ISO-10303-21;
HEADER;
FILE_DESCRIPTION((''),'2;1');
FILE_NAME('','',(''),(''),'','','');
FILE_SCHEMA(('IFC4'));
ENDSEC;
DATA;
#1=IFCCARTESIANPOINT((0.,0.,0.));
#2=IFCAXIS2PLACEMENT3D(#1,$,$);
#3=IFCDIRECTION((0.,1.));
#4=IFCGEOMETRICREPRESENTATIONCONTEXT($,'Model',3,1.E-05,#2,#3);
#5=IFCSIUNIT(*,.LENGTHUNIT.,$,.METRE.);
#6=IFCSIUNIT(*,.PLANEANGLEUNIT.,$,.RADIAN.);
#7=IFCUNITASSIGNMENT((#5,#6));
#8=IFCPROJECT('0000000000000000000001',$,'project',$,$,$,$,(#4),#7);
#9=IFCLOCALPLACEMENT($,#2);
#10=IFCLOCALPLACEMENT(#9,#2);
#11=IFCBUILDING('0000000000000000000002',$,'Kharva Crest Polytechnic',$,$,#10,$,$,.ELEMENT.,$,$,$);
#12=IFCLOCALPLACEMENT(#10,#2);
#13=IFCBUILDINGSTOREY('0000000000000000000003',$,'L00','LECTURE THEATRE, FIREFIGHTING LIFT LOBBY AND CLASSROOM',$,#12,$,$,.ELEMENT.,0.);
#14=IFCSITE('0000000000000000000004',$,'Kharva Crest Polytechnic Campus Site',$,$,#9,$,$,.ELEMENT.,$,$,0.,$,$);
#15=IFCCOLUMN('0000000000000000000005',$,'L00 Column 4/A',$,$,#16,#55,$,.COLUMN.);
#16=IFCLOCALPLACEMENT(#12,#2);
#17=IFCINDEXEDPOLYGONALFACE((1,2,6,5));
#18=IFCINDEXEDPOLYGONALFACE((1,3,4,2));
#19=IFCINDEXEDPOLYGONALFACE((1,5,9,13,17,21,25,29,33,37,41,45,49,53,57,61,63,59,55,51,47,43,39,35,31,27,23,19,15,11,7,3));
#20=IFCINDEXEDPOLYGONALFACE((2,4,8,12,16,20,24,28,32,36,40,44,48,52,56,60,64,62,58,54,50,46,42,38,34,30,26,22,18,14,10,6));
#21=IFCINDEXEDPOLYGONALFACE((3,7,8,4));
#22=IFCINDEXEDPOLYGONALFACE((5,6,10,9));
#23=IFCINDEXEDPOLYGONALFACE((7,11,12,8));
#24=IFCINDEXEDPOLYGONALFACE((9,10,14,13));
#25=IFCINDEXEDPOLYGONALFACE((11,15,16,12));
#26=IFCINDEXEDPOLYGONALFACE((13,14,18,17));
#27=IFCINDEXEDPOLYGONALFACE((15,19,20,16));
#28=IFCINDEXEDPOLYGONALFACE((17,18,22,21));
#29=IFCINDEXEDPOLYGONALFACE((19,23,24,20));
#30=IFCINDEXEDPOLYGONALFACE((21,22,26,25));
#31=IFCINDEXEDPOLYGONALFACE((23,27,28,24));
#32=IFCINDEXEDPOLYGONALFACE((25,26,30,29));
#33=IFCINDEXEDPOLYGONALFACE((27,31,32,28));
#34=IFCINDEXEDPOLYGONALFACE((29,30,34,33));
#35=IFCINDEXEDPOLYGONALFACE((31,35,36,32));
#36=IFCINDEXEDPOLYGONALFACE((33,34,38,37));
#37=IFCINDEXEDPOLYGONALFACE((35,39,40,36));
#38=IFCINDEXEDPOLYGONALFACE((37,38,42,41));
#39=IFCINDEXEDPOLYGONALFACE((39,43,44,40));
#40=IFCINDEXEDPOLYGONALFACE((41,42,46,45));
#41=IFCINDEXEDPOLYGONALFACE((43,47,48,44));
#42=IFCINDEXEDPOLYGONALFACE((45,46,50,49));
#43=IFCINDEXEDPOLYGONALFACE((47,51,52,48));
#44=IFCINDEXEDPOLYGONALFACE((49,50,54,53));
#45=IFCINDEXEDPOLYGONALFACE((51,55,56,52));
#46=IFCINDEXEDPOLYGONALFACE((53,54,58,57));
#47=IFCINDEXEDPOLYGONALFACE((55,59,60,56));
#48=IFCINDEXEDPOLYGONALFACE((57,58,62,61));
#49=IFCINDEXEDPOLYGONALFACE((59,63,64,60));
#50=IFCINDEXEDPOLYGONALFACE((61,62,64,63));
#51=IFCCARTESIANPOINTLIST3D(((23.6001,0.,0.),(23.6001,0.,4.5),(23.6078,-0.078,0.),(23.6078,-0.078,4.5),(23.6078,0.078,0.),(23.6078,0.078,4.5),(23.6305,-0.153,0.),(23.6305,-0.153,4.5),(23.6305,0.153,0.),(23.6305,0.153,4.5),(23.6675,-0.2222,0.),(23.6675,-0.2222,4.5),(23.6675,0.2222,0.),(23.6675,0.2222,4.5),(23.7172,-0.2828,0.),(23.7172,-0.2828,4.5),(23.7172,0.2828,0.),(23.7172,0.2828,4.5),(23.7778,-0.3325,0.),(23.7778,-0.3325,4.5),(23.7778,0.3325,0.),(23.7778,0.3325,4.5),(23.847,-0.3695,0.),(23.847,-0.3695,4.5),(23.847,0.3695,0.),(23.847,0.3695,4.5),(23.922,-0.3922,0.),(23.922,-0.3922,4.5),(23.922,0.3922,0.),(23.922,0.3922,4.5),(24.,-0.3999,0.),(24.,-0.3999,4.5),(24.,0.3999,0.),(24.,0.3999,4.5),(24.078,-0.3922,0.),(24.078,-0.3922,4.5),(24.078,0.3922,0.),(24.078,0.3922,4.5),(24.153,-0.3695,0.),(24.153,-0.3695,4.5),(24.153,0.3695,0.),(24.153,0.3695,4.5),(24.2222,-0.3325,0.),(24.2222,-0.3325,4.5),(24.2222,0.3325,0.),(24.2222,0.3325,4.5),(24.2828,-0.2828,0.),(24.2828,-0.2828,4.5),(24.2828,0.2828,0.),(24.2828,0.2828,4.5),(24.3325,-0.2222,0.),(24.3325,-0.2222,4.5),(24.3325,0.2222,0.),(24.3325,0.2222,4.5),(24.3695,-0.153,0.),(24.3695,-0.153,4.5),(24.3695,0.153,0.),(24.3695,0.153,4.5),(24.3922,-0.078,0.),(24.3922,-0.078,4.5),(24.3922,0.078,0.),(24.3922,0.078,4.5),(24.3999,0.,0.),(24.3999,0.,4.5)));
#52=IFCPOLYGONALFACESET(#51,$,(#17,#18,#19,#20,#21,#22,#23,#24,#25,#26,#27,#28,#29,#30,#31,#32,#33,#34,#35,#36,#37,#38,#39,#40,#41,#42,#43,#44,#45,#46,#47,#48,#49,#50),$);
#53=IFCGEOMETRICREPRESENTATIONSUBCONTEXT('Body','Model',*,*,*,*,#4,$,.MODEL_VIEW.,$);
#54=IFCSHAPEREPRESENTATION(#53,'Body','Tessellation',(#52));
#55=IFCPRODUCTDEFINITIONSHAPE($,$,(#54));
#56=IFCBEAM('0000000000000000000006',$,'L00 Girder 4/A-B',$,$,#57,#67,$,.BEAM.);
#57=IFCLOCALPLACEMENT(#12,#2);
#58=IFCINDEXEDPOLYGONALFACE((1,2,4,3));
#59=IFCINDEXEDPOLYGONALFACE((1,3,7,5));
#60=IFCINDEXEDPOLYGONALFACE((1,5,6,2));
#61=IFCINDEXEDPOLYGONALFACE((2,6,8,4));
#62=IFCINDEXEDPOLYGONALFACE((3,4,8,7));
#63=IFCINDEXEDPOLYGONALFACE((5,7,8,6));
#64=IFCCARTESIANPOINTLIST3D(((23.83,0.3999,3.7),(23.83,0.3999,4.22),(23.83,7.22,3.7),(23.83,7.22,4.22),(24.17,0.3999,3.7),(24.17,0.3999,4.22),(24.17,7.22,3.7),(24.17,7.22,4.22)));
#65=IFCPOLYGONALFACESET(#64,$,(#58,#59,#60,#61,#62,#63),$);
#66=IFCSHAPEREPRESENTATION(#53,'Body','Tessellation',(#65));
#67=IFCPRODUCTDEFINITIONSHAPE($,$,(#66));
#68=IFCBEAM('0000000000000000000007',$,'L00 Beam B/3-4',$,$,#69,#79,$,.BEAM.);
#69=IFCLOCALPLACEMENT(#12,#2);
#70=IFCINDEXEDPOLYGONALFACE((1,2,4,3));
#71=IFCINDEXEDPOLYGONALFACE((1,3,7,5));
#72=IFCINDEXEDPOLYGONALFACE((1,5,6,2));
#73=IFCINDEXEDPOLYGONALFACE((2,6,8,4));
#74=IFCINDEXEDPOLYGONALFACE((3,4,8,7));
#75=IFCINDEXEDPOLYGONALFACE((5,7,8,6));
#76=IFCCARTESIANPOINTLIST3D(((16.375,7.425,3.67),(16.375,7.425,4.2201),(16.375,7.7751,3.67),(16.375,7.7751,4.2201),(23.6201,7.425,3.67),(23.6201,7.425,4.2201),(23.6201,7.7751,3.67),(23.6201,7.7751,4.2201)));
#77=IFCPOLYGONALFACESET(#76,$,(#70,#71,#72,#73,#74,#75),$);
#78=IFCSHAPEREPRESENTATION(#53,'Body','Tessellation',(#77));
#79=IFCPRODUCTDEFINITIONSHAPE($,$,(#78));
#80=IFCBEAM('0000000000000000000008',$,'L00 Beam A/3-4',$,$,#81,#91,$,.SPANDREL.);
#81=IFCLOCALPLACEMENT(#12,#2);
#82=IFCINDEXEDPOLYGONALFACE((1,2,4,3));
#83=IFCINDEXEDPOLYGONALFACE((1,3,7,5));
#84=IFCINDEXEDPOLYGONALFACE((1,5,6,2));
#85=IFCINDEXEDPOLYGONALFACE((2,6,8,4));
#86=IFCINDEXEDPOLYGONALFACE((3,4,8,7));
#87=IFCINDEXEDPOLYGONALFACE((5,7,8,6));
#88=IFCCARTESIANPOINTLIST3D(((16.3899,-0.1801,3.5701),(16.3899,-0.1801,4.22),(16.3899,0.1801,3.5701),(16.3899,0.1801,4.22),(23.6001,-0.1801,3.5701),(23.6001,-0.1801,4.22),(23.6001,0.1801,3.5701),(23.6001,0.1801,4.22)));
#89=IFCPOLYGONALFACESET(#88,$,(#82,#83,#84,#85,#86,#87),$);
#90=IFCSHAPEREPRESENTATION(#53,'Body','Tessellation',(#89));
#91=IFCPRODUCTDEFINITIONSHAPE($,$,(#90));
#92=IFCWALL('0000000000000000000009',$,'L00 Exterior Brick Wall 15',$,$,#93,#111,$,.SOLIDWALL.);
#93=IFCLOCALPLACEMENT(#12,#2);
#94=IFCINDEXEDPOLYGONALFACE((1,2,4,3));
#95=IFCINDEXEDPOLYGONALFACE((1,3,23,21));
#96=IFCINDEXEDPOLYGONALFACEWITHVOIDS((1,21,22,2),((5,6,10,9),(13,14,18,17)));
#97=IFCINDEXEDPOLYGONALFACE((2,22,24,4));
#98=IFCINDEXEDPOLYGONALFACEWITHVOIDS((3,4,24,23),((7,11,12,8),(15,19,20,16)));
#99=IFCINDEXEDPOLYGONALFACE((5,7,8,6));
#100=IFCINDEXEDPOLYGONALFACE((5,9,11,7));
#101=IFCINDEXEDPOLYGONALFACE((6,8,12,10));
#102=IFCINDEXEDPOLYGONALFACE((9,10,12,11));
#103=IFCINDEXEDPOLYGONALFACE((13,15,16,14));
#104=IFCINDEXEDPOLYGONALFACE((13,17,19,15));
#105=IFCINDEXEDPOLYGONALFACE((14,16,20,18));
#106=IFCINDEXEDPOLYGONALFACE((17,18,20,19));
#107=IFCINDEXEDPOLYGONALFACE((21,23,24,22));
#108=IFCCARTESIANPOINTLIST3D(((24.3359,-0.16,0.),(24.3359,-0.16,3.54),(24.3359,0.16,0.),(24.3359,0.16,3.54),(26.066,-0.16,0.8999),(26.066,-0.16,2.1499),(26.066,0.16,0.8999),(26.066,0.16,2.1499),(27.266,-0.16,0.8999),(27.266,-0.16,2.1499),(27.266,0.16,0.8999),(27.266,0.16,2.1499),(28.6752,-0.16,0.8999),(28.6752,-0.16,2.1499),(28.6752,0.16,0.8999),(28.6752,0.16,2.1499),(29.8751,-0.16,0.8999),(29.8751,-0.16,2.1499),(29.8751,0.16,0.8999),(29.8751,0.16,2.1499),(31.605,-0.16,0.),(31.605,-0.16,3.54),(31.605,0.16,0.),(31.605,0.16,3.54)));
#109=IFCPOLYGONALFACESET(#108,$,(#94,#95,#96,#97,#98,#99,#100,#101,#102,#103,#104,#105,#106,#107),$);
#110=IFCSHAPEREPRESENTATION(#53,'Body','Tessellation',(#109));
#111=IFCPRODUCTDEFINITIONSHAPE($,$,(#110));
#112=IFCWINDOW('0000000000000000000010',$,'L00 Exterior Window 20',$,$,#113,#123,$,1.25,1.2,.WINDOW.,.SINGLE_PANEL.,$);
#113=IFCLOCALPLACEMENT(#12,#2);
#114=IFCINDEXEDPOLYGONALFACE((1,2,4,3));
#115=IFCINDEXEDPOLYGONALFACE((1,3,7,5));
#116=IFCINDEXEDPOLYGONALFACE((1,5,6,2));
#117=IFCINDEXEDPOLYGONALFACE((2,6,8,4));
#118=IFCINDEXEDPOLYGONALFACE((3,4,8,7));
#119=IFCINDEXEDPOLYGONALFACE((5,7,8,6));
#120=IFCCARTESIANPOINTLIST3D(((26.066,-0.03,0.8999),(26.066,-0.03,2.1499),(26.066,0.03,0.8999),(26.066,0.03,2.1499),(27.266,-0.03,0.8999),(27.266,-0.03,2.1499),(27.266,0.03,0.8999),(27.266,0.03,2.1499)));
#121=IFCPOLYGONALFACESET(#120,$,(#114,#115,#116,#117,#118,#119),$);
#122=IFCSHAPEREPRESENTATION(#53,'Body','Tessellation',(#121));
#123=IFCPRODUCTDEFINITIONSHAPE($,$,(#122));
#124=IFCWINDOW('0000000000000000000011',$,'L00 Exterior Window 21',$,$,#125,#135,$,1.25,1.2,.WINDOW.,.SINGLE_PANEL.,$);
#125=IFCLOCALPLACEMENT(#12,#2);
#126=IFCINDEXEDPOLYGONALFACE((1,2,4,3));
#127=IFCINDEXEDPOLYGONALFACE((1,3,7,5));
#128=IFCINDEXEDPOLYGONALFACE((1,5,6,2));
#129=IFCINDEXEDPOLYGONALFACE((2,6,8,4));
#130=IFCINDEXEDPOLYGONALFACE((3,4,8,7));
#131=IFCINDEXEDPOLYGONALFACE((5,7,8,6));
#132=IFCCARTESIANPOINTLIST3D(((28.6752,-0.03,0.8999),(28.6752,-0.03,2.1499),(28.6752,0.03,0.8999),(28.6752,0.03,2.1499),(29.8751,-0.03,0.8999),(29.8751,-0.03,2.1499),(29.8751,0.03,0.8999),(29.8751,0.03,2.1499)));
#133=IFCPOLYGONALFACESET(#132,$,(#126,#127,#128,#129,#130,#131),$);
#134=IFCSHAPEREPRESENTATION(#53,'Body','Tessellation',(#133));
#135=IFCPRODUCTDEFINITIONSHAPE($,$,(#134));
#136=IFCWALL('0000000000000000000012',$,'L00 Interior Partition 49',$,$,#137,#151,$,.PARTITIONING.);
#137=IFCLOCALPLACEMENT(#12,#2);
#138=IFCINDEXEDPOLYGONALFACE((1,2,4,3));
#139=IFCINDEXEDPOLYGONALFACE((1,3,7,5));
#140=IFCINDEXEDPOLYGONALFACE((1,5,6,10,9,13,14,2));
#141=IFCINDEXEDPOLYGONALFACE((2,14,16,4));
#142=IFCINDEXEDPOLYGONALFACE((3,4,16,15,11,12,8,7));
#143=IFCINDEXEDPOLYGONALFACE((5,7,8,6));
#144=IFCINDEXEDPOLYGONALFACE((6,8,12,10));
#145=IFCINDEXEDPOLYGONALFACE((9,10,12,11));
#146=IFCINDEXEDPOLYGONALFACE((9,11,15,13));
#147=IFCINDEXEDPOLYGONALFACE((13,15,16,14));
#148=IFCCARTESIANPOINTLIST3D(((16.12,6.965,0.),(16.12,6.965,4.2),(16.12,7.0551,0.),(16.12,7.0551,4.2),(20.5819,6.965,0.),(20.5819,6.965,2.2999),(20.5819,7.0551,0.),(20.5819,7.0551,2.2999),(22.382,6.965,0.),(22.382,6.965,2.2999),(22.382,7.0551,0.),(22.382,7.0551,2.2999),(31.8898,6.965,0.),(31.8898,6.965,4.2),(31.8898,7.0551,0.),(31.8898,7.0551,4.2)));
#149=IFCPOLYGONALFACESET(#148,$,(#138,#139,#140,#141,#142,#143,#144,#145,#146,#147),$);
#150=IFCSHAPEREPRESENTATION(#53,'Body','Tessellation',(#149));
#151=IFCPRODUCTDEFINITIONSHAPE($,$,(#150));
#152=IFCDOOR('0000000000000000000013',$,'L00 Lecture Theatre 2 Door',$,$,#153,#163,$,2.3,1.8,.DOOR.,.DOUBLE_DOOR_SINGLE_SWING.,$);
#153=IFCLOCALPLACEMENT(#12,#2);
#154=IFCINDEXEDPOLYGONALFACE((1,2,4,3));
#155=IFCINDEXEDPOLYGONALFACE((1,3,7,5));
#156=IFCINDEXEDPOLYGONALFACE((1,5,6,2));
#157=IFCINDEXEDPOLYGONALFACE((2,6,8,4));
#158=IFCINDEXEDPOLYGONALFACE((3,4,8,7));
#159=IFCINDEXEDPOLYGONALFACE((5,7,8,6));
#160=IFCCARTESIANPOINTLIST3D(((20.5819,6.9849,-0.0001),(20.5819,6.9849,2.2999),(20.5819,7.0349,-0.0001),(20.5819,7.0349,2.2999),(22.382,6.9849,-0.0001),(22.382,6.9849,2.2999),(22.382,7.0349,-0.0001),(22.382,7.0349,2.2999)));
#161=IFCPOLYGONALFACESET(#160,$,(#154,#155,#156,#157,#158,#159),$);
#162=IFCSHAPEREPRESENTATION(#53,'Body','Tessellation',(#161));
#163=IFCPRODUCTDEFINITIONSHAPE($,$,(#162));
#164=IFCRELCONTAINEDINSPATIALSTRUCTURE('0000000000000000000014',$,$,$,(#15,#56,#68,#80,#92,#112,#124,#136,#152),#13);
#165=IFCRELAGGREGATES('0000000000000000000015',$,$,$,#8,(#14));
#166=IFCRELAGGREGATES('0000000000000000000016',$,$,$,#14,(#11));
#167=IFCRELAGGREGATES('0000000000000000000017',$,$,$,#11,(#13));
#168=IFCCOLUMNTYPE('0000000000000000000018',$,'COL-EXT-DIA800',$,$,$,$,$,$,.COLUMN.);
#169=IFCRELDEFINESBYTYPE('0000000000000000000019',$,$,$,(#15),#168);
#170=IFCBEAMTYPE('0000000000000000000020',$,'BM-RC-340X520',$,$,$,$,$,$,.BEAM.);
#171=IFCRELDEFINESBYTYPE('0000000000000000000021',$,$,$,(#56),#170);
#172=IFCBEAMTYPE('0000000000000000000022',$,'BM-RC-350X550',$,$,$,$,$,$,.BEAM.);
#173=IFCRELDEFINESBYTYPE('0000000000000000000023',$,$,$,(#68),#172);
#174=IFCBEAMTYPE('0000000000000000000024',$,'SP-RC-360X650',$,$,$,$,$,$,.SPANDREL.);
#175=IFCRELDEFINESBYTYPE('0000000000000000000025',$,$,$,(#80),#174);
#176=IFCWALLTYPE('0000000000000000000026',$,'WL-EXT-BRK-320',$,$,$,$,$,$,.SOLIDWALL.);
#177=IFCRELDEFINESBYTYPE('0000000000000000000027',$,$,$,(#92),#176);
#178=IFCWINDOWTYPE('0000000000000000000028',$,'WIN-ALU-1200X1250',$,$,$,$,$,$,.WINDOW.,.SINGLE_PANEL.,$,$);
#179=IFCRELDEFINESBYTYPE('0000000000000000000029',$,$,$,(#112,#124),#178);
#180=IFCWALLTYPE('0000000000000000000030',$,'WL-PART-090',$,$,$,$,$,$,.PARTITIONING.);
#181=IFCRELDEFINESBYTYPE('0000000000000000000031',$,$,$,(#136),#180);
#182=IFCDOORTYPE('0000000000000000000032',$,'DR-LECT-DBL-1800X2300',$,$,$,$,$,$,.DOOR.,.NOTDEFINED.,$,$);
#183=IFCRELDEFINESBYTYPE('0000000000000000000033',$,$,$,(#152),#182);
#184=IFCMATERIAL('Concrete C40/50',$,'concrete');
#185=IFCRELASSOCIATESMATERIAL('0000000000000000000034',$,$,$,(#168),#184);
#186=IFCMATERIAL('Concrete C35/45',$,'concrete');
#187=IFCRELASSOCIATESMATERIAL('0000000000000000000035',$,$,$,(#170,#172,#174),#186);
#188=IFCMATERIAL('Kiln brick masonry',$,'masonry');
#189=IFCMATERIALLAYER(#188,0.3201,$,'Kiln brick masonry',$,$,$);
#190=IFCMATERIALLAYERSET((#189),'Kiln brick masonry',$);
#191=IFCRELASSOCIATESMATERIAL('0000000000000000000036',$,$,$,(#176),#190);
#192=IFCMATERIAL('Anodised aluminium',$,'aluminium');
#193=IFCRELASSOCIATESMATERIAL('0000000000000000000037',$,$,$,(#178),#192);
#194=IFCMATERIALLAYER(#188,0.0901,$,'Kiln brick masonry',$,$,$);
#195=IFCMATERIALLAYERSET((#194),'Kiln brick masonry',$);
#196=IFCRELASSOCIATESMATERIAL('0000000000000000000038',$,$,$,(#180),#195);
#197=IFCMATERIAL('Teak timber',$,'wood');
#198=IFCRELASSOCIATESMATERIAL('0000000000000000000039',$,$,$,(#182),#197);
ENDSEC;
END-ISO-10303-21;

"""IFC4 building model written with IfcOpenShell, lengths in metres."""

from ifc_helpers import new_model, si_unit, direction, frame, frame_2d, origin, origin_2d, place, context, subcontext, project, spatial, rectangle, circle, extrude, material, layer, layer_set, material_profile, profile_set, type_object, element, fill, save


model = new_model("IFC4")

# Units and contexts
model_context = context("Model", 3, precision=1e-05, world=origin(), true_north=direction((0.0, 1.0)))
body_context = subcontext(model_context, "Body", "Model", "MODEL_VIEW")
ifc_project = project(units=[si_unit("LENGTHUNIT", "METRE"), si_unit("PLANEANGLEUNIT", "RADIAN")], contexts=[model_context])

# Site, building, storey
site_placement = place(None, origin())
site = spatial("IfcSite", under=ifc_project, at=site_placement, Name="Kharva Crest Polytechnic Campus Site", CompositionType="ELEMENT", RefElevation=0.0)
building_placement = place(site_placement, origin())
building = spatial("IfcBuilding", under=site, at=building_placement, Name="Kharva Crest Polytechnic", CompositionType="ELEMENT")
storey_placement = place(building_placement, origin())
storey = spatial("IfcBuildingStorey", under=building, at=storey_placement, Name="L00", Description="LECTURE THEATRE, FIREFIGHTING LIFT LOBBY AND CLASSROOM", CompositionType="ELEMENT", Elevation=0.0)

# Shared definitions
ifc_material_1 = material(Name="Concrete C35/45", Category="concrete")

# Column
ifc_material_2 = material(Name="Concrete C40/50", Category="concrete")
ifc_material_profile_1 = material_profile(ifc_material_2, circle(Radius=0.3999, at=origin_2d()), Name="DIA 800")
ifc_profile_set_1 = profile_set([ifc_material_profile_1], Name="Concrete C40/50")
column_type = type_object("IfcColumnType", Name="COL-EXT-DIA800", PredefinedType="COLUMN", material=ifc_profile_set_1)
column_placement = place(storey_placement, frame((24.0, 0.0, 0.0), z_axis=(0.0, 0.0, 1.0), x_axis=(1.0, 0.0, 0.0)))
element("IfcColumn", 1, at=column_placement, inside=storey, type_object=column_type, Name="L00 Column 4/A", PredefinedType="COLUMN", context=body_context, shape_type="SweptSolid", body=[
    extrude(circle(Radius=0.3999, at=origin_2d()), origin(), (0.0, 0.0, 1.0), 4.5),
])

# Beams
ifc_material_profile_2 = material_profile(ifc_material_1, rectangle(XDim=0.3401, YDim=0.52, at=origin_2d()), Name="RECT 340 X 520")
ifc_profile_set_2 = profile_set([ifc_material_profile_2], Name="Concrete C35/45")
beam_type_1 = type_object("IfcBeamType", Name="BM-RC-340X520", PredefinedType="BEAM", material=ifc_profile_set_2)
beam_1_placement = place(storey_placement, frame((24.0, 0.3999, 3.96), z_axis=(0.0, 1.0, 0.0), x_axis=(-1.0, 0.0, 0.0)))
element("IfcBeam", 2, at=beam_1_placement, inside=storey, type_object=beam_type_1, Name="L00 Girder 4/A-B", PredefinedType="BEAM", context=body_context, shape_type="SweptSolid", body=[
    extrude(rectangle(XDim=0.3401, YDim=0.52, at=origin_2d()), origin(), (0.0, 0.0, 1.0), 6.8201),
])
ifc_material_profile_3 = material_profile(ifc_material_1, rectangle(XDim=0.3501, YDim=0.55, at=origin_2d()), Name="RECT 350 X 550")
ifc_profile_set_3 = profile_set([ifc_material_profile_3], Name="Concrete C35/45")
beam_type_2 = type_object("IfcBeamType", Name="BM-RC-350X550", PredefinedType="BEAM", material=ifc_profile_set_3)
beam_2_placement = place(storey_placement, frame((16.375, 7.6001, 3.9451), z_axis=(1.0, 0.0, 0.0), x_axis=(0.0, 1.0, 0.0)))
element("IfcBeam", 3, at=beam_2_placement, inside=storey, type_object=beam_type_2, Name="L00 Beam B/3-4", PredefinedType="BEAM", context=body_context, shape_type="SweptSolid", body=[
    extrude(rectangle(XDim=0.3501, YDim=0.55, at=origin_2d()), origin(), (0.0, 0.0, 1.0), 7.2451),
])
ifc_material_profile_4 = material_profile(ifc_material_1, rectangle(XDim=0.3601, YDim=0.6499, at=origin_2d()), Name="RECT 360 X 650")
ifc_profile_set_4 = profile_set([ifc_material_profile_4], Name="Concrete C35/45")
beam_type_3 = type_object("IfcBeamType", Name="SP-RC-360X650", PredefinedType="SPANDREL", material=ifc_profile_set_4)
beam_3_placement = place(storey_placement, frame((16.3899, 0.0, 3.895), z_axis=(1.0, 0.0, 0.0), x_axis=(0.0, 1.0, 0.0)))
element("IfcBeam", 4, at=beam_3_placement, inside=storey, type_object=beam_type_3, Name="L00 Beam A/3-4", PredefinedType="SPANDREL", context=body_context, shape_type="SweptSolid", body=[
    extrude(rectangle(XDim=0.3601, YDim=0.6499, at=origin_2d()), origin(), (0.0, 0.0, 1.0), 7.2102),
])

# Wall, openings, windows
ifc_material_3 = material(Name="Kiln brick masonry", Category="masonry")
ifc_layer_1 = layer(ifc_material_3, 0.3201, Name="Kiln brick masonry")
ifc_layer_set_1 = layer_set([ifc_layer_1], Name="Kiln brick masonry")
wall_type_1 = type_object("IfcWallType", Name="WL-EXT-BRK-320", PredefinedType="SOLIDWALL", material=ifc_layer_set_1)
wall_1_placement = place(storey_placement, frame((24.3359, 0.0, 0.0), z_axis=(0.0, 0.0, 1.0), x_axis=(1.0, 0.0, 0.0)))
wall_1 = element("IfcWall", 5, at=wall_1_placement, inside=storey, type_object=wall_type_1, Name="L00 Exterior Brick Wall 15", PredefinedType="SOLIDWALL", context=body_context, shape_type="SweptSolid", body=[
    extrude(rectangle(XDim=7.269, YDim=0.3201, at=frame_2d((3.6345, 0.0))), origin(), (0.0, 0.0, 1.0), 3.54),
])
opening_1_placement = place(wall_1_placement, frame((1.73, 0.0, 0.8999)))
opening_1 = element("IfcOpeningElement", 6, at=opening_1_placement, cuts=wall_1, PredefinedType="OPENING", context=body_context, shape_type="SweptSolid", body=[
    extrude(rectangle(XDim=1.2, YDim=1.25, at=frame_2d((0.6001, 0.625))), frame((0.0, 0.1699, 0.0), z_axis=(0.0, -1.0, 0.0), x_axis=(1.0, 0.0, 0.0)), (0.0, 0.0, 1.0), 0.3401),
])
opening_2_placement = place(wall_1_placement, frame((4.3391, 0.0, 0.8999)))
opening_2 = element("IfcOpeningElement", 7, at=opening_2_placement, cuts=wall_1, PredefinedType="OPENING", context=body_context, shape_type="SweptSolid", body=[
    extrude(rectangle(XDim=1.2, YDim=1.25, at=frame_2d((0.6001, 0.625))), frame((0.0, 0.1699, 0.0), z_axis=(0.0, -1.0, 0.0), x_axis=(1.0, 0.0, 0.0)), (0.0, 0.0, 1.0), 0.3401),
])
ifc_material_4 = material(Name="Anodised aluminium", Category="aluminium")
window_type = type_object("IfcWindowType", Name="WIN-ALU-1200X1250", PartitioningType="SINGLE_PANEL", PredefinedType="WINDOW", material=ifc_material_4)
window_1_placement = place(opening_1_placement, origin())
window_1 = element("IfcWindow", 8, at=window_1_placement, inside=storey, type_object=window_type, Name="L00 Exterior Window 20", OverallHeight=1.25, OverallWidth=1.2, PartitioningType="SINGLE_PANEL", PredefinedType="WINDOW", context=body_context, shape_type="SweptSolid", body=[
    extrude(rectangle(XDim=1.2, YDim=1.25, at=frame_2d((0.6001, 0.625))), frame((0.0, 0.03, 0.0), z_axis=(0.0, -1.0, 0.0), x_axis=(1.0, 0.0, 0.0)), (0.0, 0.0, 1.0), 0.0601),
])
fill(opening_1, window_1)
window_2_placement = place(opening_2_placement, origin())
window_2 = element("IfcWindow", 9, at=window_2_placement, inside=storey, type_object=window_type, Name="L00 Exterior Window 21", OverallHeight=1.25, OverallWidth=1.2, PartitioningType="SINGLE_PANEL", PredefinedType="WINDOW", context=body_context, shape_type="SweptSolid", body=[
    extrude(rectangle(XDim=1.2, YDim=1.25, at=frame_2d((0.6001, 0.625))), frame((0.0, 0.03, 0.0), z_axis=(0.0, -1.0, 0.0), x_axis=(1.0, 0.0, 0.0)), (0.0, 0.0, 1.0), 0.0601),
])
fill(opening_2, window_2)

# Wall, opening, door
ifc_layer_2 = layer(ifc_material_3, 0.0901, Name="Kiln brick masonry")
ifc_layer_set_2 = layer_set([ifc_layer_2], Name="Kiln brick masonry")
wall_type_2 = type_object("IfcWallType", Name="WL-PART-090", PredefinedType="PARTITIONING", material=ifc_layer_set_2)
wall_2_placement = place(storey_placement, frame((16.1201, 7.01, 0.0), z_axis=(0.0, 0.0, 1.0), x_axis=(1.0, 0.0, 0.0)))
wall_2 = element("IfcWall", 10, at=wall_2_placement, inside=storey, type_object=wall_type_2, Name="L00 Interior Partition 49", PredefinedType="PARTITIONING", context=body_context, shape_type="SweptSolid", body=[
    extrude(rectangle(XDim=15.7698, YDim=0.0901, at=frame_2d((7.8848, 0.0))), origin(), (0.0, 0.0, 1.0), 4.2),
])
opening_3_placement = place(wall_2_placement, frame((4.4619, 0.0, 0.0)))
opening_3 = element("IfcOpeningElement", 11, at=opening_3_placement, cuts=wall_2, PredefinedType="OPENING", context=body_context, shape_type="SweptSolid", body=[
    extrude(rectangle(XDim=1.8, YDim=2.3, at=frame_2d((0.8999, 1.1499))), frame((0.0, 0.0549, 0.0), z_axis=(0.0, -1.0, 0.0), x_axis=(1.0, 0.0, 0.0)), (0.0, 0.0, 1.0), 0.1101),
])
ifc_material_5 = material(Name="Teak timber", Category="wood")
door_type_1 = type_object("IfcDoorType", Name="DR-LECT-DBL-1800X2300", OperationType="NOTDEFINED", PredefinedType="DOOR", material=ifc_material_5)
door_1_placement = place(opening_3_placement, origin())
door_1 = element("IfcDoor", 12, at=door_1_placement, inside=storey, type_object=door_type_1, Name="L00 Lecture Theatre 2 Door", OperationType="DOUBLE_DOOR_SINGLE_SWING", OverallHeight=2.3, OverallWidth=1.8, PredefinedType="DOOR", context=body_context, shape_type="SweptSolid", body=[
    extrude(rectangle(XDim=1.8, YDim=2.3, at=frame_2d((0.8999, 1.1499))), frame((0.0, 0.0249, 0.0), z_axis=(0.0, -1.0, 0.0), x_axis=(1.0, 0.0, 0.0)), (0.0, 0.0, 1.0), 0.05),
])
fill(opening_3, door_1)

save(model, "model.ifc")
